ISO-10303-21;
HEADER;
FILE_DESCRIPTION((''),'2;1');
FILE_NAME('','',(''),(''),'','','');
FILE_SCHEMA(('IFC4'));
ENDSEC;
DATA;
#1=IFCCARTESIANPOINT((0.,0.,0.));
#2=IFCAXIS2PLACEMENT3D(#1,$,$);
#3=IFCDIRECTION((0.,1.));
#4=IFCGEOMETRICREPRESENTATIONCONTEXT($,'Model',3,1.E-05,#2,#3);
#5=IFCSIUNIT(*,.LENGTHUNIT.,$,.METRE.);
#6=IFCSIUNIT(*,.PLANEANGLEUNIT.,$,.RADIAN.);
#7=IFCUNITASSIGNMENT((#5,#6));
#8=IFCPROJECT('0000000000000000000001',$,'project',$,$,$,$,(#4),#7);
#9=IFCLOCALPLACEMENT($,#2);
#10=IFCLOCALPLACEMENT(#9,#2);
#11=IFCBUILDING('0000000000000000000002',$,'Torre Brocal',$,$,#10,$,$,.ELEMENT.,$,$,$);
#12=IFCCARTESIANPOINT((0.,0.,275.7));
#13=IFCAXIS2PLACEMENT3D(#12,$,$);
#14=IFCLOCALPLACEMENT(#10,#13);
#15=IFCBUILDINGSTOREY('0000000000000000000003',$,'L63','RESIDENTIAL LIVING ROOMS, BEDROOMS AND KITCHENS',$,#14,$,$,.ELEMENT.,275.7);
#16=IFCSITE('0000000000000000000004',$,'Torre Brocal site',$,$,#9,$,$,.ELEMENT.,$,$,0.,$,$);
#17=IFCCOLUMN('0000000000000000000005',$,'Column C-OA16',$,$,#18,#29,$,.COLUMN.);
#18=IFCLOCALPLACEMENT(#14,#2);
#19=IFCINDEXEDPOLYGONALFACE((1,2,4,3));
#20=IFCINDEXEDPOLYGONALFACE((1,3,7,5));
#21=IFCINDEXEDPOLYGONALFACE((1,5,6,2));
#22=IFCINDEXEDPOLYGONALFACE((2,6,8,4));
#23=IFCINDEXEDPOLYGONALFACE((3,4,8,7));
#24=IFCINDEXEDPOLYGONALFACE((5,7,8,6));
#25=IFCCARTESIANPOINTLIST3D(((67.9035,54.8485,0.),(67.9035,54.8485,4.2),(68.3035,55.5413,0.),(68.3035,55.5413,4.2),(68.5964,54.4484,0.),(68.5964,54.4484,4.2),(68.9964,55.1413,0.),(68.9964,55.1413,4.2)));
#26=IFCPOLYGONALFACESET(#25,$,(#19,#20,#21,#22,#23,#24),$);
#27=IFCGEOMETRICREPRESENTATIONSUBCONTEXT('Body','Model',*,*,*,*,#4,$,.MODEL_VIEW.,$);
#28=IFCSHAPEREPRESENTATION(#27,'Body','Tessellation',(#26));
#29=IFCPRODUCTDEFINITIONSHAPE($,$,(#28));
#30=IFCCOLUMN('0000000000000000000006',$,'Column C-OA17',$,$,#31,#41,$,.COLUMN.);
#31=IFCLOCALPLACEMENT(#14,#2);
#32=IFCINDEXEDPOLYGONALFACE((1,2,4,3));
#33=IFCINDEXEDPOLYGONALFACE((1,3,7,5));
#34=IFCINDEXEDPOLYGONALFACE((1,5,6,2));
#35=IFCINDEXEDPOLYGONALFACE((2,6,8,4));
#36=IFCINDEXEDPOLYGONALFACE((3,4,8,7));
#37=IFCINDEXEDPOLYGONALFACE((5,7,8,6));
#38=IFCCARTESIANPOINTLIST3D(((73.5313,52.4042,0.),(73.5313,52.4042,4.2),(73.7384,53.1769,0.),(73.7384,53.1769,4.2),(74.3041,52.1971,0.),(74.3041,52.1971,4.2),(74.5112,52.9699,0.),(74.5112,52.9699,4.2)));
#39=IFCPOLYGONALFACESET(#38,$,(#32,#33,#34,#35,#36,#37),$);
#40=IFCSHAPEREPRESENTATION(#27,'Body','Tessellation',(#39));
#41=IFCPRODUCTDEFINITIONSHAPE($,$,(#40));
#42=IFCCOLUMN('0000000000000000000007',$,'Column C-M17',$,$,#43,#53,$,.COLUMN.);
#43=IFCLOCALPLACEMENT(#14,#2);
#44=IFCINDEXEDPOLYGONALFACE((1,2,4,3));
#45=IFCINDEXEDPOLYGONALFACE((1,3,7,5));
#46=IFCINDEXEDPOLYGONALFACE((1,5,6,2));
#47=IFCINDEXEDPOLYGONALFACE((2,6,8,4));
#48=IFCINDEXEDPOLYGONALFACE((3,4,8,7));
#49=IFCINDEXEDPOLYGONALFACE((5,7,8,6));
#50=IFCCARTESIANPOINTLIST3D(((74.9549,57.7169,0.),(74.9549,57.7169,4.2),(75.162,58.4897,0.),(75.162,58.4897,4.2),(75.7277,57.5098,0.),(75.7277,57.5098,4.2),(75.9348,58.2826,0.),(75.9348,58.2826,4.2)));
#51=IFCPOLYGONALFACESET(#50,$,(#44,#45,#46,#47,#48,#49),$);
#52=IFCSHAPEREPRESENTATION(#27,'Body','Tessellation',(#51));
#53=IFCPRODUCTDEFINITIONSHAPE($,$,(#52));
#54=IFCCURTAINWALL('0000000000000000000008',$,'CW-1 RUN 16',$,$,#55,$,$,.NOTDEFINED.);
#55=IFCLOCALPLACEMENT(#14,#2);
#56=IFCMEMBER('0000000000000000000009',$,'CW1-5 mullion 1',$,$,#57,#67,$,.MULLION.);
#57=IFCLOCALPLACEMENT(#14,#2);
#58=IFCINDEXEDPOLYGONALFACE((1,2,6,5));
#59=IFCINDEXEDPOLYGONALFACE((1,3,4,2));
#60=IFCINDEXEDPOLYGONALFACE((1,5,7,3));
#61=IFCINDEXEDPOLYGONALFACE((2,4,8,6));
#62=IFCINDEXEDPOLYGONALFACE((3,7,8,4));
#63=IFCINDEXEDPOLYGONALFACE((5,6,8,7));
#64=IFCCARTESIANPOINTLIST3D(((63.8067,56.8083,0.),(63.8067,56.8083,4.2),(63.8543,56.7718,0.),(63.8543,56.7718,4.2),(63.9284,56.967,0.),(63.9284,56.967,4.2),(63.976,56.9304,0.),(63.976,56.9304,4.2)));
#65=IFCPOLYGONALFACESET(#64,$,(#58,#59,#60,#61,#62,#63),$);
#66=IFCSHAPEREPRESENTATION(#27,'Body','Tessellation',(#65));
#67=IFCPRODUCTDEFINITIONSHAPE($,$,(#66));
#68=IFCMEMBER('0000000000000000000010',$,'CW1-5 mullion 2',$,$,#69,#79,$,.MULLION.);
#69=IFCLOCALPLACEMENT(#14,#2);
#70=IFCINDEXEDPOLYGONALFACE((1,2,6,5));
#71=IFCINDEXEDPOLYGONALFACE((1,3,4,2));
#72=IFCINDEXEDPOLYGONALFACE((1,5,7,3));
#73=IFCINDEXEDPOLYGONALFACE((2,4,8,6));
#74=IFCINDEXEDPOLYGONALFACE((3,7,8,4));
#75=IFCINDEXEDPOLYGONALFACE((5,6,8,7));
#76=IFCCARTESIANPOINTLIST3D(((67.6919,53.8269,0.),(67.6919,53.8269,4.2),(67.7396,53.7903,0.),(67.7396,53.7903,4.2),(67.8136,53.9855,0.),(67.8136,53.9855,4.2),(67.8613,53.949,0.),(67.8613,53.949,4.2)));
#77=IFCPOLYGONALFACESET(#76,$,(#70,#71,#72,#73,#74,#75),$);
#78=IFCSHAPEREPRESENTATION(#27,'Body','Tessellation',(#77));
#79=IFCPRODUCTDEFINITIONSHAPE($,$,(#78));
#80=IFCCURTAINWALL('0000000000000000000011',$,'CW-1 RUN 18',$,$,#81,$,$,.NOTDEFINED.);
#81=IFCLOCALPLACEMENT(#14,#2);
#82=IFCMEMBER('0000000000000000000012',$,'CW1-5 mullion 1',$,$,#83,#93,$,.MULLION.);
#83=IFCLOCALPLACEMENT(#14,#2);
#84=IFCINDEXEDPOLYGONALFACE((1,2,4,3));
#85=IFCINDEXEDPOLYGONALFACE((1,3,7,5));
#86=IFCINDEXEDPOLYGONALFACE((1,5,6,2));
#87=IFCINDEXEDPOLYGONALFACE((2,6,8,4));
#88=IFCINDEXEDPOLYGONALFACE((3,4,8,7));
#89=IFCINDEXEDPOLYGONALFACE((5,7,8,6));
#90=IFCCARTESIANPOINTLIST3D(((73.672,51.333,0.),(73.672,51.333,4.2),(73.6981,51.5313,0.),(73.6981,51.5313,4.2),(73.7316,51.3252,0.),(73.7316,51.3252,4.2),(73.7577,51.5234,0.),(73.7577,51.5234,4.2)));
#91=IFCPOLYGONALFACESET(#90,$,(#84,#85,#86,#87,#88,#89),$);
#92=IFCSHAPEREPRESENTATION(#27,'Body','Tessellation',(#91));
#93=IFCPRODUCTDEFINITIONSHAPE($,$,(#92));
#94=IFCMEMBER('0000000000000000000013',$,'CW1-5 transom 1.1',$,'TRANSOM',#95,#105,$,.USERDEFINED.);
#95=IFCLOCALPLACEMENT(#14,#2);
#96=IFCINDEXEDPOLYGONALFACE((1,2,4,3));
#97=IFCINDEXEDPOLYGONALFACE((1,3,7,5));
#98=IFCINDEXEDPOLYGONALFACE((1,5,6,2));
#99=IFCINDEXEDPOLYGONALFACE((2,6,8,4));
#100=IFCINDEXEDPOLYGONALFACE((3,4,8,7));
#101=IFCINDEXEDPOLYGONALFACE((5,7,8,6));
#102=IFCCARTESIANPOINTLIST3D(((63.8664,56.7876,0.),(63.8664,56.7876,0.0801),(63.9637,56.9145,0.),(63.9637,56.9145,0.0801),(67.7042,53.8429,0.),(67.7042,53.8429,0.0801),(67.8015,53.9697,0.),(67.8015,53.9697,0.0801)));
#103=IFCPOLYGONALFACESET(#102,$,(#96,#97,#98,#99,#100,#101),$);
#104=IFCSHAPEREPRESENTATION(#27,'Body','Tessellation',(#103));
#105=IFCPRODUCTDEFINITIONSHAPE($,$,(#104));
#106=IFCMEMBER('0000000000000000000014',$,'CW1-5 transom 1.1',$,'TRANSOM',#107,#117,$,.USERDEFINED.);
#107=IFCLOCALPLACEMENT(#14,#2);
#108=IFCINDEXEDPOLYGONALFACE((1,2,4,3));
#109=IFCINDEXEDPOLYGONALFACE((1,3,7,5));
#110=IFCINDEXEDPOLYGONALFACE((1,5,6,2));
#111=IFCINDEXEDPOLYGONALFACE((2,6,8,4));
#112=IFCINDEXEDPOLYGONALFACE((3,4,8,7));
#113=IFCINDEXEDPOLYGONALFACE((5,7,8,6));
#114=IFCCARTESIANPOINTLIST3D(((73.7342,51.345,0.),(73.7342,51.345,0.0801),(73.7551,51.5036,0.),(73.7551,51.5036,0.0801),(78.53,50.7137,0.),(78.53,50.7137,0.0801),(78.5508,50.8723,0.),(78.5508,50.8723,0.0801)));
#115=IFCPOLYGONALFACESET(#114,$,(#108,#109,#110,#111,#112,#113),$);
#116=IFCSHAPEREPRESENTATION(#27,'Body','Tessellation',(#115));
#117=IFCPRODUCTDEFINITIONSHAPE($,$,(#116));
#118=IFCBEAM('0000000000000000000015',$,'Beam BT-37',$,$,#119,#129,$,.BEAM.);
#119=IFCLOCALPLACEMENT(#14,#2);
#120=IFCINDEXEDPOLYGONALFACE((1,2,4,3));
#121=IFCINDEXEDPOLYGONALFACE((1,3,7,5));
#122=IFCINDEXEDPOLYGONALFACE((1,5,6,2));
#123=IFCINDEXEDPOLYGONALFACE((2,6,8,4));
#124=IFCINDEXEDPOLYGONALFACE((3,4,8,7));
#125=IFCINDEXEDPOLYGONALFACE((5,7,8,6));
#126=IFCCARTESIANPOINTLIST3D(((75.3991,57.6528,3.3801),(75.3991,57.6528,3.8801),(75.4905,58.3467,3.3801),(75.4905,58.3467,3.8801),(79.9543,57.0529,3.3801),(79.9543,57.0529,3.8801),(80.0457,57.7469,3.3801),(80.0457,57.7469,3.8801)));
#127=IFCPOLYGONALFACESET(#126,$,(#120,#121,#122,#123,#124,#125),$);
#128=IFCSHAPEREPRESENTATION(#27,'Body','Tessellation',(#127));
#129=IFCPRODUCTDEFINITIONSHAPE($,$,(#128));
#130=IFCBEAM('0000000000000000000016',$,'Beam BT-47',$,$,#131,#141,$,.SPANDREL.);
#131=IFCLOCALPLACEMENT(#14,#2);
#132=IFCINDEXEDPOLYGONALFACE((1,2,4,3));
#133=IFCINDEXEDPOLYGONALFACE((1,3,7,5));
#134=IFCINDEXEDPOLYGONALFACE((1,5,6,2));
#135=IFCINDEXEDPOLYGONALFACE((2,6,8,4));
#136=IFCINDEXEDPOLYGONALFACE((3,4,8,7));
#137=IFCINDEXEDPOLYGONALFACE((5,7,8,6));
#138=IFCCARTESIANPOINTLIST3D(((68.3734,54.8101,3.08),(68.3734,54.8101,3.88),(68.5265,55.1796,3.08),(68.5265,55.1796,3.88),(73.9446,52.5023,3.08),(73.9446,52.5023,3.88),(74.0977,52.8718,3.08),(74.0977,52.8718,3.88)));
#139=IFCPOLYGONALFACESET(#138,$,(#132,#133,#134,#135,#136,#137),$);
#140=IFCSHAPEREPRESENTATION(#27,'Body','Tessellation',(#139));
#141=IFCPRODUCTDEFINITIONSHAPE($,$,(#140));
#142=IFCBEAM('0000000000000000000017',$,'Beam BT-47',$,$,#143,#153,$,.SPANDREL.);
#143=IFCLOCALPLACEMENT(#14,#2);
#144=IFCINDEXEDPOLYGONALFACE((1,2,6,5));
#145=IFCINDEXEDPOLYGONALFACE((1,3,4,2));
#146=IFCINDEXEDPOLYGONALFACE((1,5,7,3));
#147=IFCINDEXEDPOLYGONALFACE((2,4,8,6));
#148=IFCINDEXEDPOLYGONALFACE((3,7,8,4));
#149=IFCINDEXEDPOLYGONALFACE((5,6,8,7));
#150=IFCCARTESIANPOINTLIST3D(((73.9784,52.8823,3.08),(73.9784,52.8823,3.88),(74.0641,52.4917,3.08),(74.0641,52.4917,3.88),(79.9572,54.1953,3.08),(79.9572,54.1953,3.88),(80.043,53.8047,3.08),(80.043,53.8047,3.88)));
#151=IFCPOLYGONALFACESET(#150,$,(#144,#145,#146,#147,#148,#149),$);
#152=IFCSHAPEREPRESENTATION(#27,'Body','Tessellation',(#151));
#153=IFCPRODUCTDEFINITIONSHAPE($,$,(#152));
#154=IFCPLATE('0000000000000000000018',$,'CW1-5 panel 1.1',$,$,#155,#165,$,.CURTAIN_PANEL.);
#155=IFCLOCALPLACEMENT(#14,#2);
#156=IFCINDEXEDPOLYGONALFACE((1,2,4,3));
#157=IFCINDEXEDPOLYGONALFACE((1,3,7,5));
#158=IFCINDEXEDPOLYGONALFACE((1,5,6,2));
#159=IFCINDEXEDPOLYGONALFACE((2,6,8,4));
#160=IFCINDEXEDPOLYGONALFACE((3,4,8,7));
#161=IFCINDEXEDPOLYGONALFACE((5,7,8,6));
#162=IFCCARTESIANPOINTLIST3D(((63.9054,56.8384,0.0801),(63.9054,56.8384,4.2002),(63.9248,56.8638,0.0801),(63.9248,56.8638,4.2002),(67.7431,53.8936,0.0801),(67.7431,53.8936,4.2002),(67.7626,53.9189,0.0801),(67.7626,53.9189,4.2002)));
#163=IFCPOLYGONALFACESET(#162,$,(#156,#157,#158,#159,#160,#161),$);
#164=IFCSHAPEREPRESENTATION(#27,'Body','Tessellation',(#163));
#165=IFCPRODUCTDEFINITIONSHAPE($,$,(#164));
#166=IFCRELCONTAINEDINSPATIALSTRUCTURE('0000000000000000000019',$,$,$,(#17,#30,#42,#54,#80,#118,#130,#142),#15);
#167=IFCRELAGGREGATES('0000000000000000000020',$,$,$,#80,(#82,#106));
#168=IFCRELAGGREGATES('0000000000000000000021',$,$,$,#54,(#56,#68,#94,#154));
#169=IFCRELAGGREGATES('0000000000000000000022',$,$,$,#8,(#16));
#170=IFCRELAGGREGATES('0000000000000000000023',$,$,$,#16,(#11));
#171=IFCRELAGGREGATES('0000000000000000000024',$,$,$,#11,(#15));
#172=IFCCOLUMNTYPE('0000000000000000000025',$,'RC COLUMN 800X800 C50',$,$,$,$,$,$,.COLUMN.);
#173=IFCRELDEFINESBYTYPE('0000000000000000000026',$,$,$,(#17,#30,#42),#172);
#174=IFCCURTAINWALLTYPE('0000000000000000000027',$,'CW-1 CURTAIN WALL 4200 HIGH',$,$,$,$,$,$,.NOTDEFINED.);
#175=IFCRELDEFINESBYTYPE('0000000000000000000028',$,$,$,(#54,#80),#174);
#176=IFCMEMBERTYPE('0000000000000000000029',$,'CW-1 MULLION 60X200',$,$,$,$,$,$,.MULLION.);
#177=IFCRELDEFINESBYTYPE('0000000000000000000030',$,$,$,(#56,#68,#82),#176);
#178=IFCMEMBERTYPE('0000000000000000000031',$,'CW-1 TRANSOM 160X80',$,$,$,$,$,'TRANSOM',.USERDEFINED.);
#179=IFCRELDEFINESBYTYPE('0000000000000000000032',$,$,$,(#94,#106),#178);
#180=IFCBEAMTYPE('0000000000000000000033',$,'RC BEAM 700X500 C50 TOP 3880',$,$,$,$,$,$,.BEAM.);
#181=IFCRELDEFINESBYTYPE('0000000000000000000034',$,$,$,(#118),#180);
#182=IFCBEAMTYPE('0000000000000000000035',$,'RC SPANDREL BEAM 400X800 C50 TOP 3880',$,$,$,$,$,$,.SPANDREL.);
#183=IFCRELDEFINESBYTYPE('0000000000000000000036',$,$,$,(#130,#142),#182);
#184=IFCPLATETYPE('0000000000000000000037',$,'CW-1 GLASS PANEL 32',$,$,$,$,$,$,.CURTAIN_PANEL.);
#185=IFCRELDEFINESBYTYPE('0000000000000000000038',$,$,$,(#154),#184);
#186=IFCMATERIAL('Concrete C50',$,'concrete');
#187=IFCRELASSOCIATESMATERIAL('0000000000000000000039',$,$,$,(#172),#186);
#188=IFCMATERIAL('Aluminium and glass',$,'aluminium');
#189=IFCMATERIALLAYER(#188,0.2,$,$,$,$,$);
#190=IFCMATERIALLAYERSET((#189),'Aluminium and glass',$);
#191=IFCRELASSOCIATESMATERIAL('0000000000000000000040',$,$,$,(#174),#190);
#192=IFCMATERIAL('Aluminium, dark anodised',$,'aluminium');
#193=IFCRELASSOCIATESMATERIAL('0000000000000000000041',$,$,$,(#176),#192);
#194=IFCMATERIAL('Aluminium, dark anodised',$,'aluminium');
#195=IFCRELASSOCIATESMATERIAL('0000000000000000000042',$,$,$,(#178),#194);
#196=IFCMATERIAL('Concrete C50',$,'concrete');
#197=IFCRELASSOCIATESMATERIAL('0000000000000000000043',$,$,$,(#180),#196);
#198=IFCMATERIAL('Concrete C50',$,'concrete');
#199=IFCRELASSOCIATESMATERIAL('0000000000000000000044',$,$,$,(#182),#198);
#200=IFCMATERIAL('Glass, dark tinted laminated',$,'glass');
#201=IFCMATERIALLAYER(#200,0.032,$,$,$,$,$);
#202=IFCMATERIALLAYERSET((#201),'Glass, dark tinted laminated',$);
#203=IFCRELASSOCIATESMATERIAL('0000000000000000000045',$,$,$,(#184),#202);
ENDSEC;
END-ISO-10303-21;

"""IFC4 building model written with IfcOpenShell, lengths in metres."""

from ifc_helpers import new_model, si_unit, direction, frame, origin, origin_2d, place, context, subcontext, project, spatial, rectangle, extrude, material, layer, layer_set, material_profile, profile_set, type_object, element, aggregate, save


model = new_model("IFC4")

# Units and contexts
model_context = context("Model", 3, precision=1e-05, world=origin(), true_north=direction((0.0, 1.0)))
body_context = subcontext(model_context, "Body", "Model", "MODEL_VIEW")
ifc_project = project(units=[si_unit("LENGTHUNIT", "METRE"), si_unit("PLANEANGLEUNIT", "RADIAN")], contexts=[model_context])

# Site, building, storey
site_placement = place(None, origin())
site = spatial("IfcSite", under=ifc_project, at=site_placement, Name="Torre Brocal site", CompositionType="ELEMENT", RefElevation=0.0)
building_placement = place(site_placement, origin())
building = spatial("IfcBuilding", under=site, at=building_placement, Name="Torre Brocal", CompositionType="ELEMENT")
storey_placement = place(building_placement, frame((0.0, 0.0, 275.7)))
storey = spatial("IfcBuildingStorey", under=building, at=storey_placement, Name="L63", Description="RESIDENTIAL LIVING ROOMS, BEDROOMS AND KITCHENS", CompositionType="ELEMENT", Elevation=275.7)

# Columns
ifc_material_1 = material(Name="Concrete C50", Category="concrete")
ifc_material_profile_1 = material_profile(ifc_material_1, rectangle(XDim=0.8, YDim=0.8, at=origin_2d()), Name="RC 800X800")
ifc_profile_set_1 = profile_set([ifc_material_profile_1], Name="Concrete C50")
column_type = type_object("IfcColumnType", Name="RC COLUMN 800X800 C50", PredefinedType="COLUMN", material=ifc_profile_set_1)
for number, where, z_axis, x_axis, name in (
    (1, (68.45, 54.9949, 0.0), (0.0, 0.0, 1.0), (-0.5, -0.866025, 0.0), "Column C-OA16"),
    (2, (74.0212, 52.687, 0.0), (0.0, 0.0, 1.0), (-0.258819, -0.965926, 0.0), "Column C-OA17"),
    (3, (75.4448, 57.9998, 0.0), (0.0, 0.0, 1.0), (-0.258819, -0.965926, 0.0), "Column C-M17"),
):
    element("IfcColumn", number, at=place(storey_placement, frame(where, z_axis=z_axis, x_axis=x_axis)), inside=storey, type_object=column_type, Name=name, PredefinedType="COLUMN", context=body_context, shape_type="SweptSolid", body=[
        extrude(rectangle(XDim=0.8, YDim=0.8, at=origin_2d()), origin(), (0.0, 0.0, 1.0), 4.2),
    ])

# Curtain wall, members
ifc_material_2 = material(Name="Aluminium and glass", Category="aluminium")
ifc_layer_1 = layer(ifc_material_2, 0.2)
ifc_layer_set_1 = layer_set([ifc_layer_1], Name="Aluminium and glass")
curtain_wall_type = type_object("IfcCurtainWallType", Name="CW-1 CURTAIN WALL 4200 HIGH", PredefinedType="NOTDEFINED", material=ifc_layer_set_1)
curtain_wall_1_placement = place(storey_placement, origin())
curtain_wall_1 = element("IfcCurtainWall", 4, at=curtain_wall_1_placement, inside=storey, type_object=curtain_wall_type, Name="CW-1 RUN 16", PredefinedType="NOTDEFINED")
ifc_material_3 = material(Name="Aluminium, dark anodised", Category="aluminium")
ifc_material_profile_2 = material_profile(ifc_material_3, rectangle(XDim=0.2, YDim=0.0601, at=origin_2d()), Name="CW-1 MULLION 60X200")
ifc_profile_set_2 = profile_set([ifc_material_profile_2], Name="Aluminium, dark anodised")
member_type_1 = type_object("IfcMemberType", Name="CW-1 MULLION 60X200", PredefinedType="MULLION", material=ifc_profile_set_2)
member_1_placement = place(storey_placement, frame((63.8914, 56.8694, 0.0), z_axis=(0.0, 0.0, 1.0), x_axis=(0.608761, 0.793353, 0.0)))
member_1 = element("IfcMember", 5, at=member_1_placement, type_object=member_type_1, Name="CW1-5 mullion 1", PredefinedType="MULLION", context=body_context, shape_type="SweptSolid", body=[
    extrude(rectangle(XDim=0.2, YDim=0.0601, at=origin_2d()), origin(), (0.0, 0.0, 1.0), 4.2),
])
member_2_placement = place(storey_placement, frame((67.7766, 53.8879, 0.0), z_axis=(0.0, 0.0, 1.0), x_axis=(0.608761, 0.793353, 0.0)))
member_2 = element("IfcMember", 6, at=member_2_placement, type_object=member_type_1, Name="CW1-5 mullion 2", PredefinedType="MULLION", context=body_context, shape_type="SweptSolid", body=[
    extrude(rectangle(XDim=0.2, YDim=0.0601, at=origin_2d()), origin(), (0.0, 0.0, 1.0), 4.2),
])

# Curtain wall, member
curtain_wall_2_placement = place(storey_placement, origin())
curtain_wall_2 = element("IfcCurtainWall", 7, at=curtain_wall_2_placement, inside=storey, type_object=curtain_wall_type, Name="CW-1 RUN 18", PredefinedType="NOTDEFINED")
member_3_placement = place(storey_placement, frame((73.7148, 51.4282, 0.0), z_axis=(0.0, 0.0, 1.0), x_axis=(0.130526, 0.991445, 0.0)))
member_3 = element("IfcMember", 8, at=member_3_placement, type_object=member_type_1, Name="CW1-5 mullion 1", PredefinedType="MULLION", context=body_context, shape_type="SweptSolid", body=[
    extrude(rectangle(XDim=0.2, YDim=0.0601, at=origin_2d()), origin(), (0.0, 0.0, 1.0), 4.2),
])

# Members
ifc_material_4 = material(Name="Aluminium, dark anodised", Category="aluminium")
ifc_material_profile_3 = material_profile(ifc_material_4, rectangle(XDim=0.1599, YDim=0.0801, at=origin_2d()), Name="CW-1 TRANSOM 160X80")
ifc_profile_set_3 = profile_set([ifc_material_profile_3], Name="Aluminium, dark anodised")
member_type_2 = type_object("IfcMemberType", Name="CW-1 TRANSOM 160X80", ElementType="TRANSOM", PredefinedType="USERDEFINED", material=ifc_profile_set_3)
member_4_placement = place(storey_placement, frame((63.915, 56.8511, 0.04), z_axis=(0.793363, -0.608749, 0.0), x_axis=(0.608749, 0.793363, 0.0)))
member_4 = element("IfcMember", 9, at=member_4_placement, type_object=member_type_2, Name="CW1-5 transom 1.1", ObjectType="TRANSOM", PredefinedType="USERDEFINED", context=body_context, shape_type="SweptSolid", body=[
    extrude(rectangle(XDim=0.1599, YDim=0.0801, at=origin_2d()), origin(), (0.0, 0.0, 1.0), 4.8374),
])
member_5_placement = place(storey_placement, frame((73.7446, 51.4243, 0.04), z_axis=(0.991446, -0.130517, 0.0), x_axis=(0.130517, 0.991446, 0.0)))
member_5 = element("IfcMember", 10, at=member_5_placement, type_object=member_type_2, Name="CW1-5 transom 1.1", ObjectType="TRANSOM", PredefinedType="USERDEFINED", context=body_context, shape_type="SweptSolid", body=[
    extrude(rectangle(XDim=0.1599, YDim=0.0801, at=origin_2d()), origin(), (0.0, 0.0, 1.0), 4.8372),
])
aggregate(curtain_wall_2, [member_3, member_5])

# Beams
ifc_material_5 = material(Name="Concrete C50", Category="concrete")
ifc_material_profile_4 = material_profile(ifc_material_5, rectangle(XDim=0.7, YDim=0.5, at=origin_2d()), Name="RC 700X500")
ifc_profile_set_4 = profile_set([ifc_material_profile_4], Name="Concrete C50")
beam_type_1 = type_object("IfcBeamType", Name="RC BEAM 700X500 C50 TOP 3880", PredefinedType="BEAM", material=ifc_profile_set_4)
beam_1_placement = place(storey_placement, frame((75.4448, 57.9998, 3.6301), z_axis=(0.991441, -0.130559, 0.0), x_axis=(0.130559, 0.991441, 0.0)))
element("IfcBeam", 11, at=beam_1_placement, inside=storey, type_object=beam_type_1, Name="Beam BT-37", PredefinedType="BEAM", context=body_context, shape_type="SweptSolid", body=[
    extrude(rectangle(XDim=0.7, YDim=0.5, at=origin_2d()), origin(), (0.0, 0.0, 1.0), 4.5945),
])
ifc_material_6 = material(Name="Concrete C50", Category="concrete")
ifc_material_profile_5 = material_profile(ifc_material_6, rectangle(XDim=0.3999, YDim=0.8, at=origin_2d()), Name="RC 400X800")
ifc_profile_set_5 = profile_set([ifc_material_profile_5], Name="Concrete C50")
beam_type_2 = type_object("IfcBeamType", Name="RC SPANDREL BEAM 400X800 C50 TOP 3880", PredefinedType="SPANDREL", material=ifc_profile_set_5)
beam_2_placement = place(storey_placement, frame((68.45, 54.9949, 3.48), z_axis=(0.92387, -0.382706, 0.0), x_axis=(0.382706, 0.92387, 0.0)))
element("IfcBeam", 12, at=beam_2_placement, inside=storey, type_object=beam_type_2, Name="Beam BT-47", PredefinedType="SPANDREL", context=body_context, shape_type="SweptSolid", body=[
    extrude(rectangle(XDim=0.3999, YDim=0.8, at=origin_2d()), origin(), (0.0, 0.0, 1.0), 6.0303),
])
beam_3_placement = place(storey_placement, frame((74.0212, 52.687, 3.48), z_axis=(0.976725, 0.214497, 0.0), x_axis=(-0.214497, 0.976725, 0.0)))
element("IfcBeam", 13, at=beam_3_placement, inside=storey, type_object=beam_type_2, Name="Beam BT-47", PredefinedType="SPANDREL", context=body_context, shape_type="SweptSolid", body=[
    extrude(rectangle(XDim=0.3999, YDim=0.8, at=origin_2d()), origin(), (0.0, 0.0, 1.0), 6.1213),
])

# Plate
ifc_material_7 = material(Name="Glass, dark tinted laminated", Category="glass")
ifc_layer_2 = layer(ifc_material_7, 0.032)
ifc_layer_set_2 = layer_set([ifc_layer_2], Name="Glass, dark tinted laminated")
plate_type = type_object("IfcPlateType", Name="CW-1 GLASS PANEL 32", PredefinedType="CURTAIN_PANEL", material=ifc_layer_set_2)
plate_placement = place(storey_placement, frame((65.834, 55.3787, 0.0801), z_axis=(0.0, 0.0, 1.0), x_axis=(0.793353, -0.608761, 0.0)))
plate = element("IfcPlate", 14, at=plate_placement, type_object=plate_type, Name="CW1-5 panel 1.1", PredefinedType="CURTAIN_PANEL", context=body_context, shape_type="SweptSolid", body=[
    extrude(rectangle(XDim=4.8374, YDim=0.032, at=origin_2d()), origin(), (0.0, 0.0, 1.0), 4.1201),
])
aggregate(curtain_wall_1, [member_1, member_2, member_4, plate])

save(model, "model.ifc")
